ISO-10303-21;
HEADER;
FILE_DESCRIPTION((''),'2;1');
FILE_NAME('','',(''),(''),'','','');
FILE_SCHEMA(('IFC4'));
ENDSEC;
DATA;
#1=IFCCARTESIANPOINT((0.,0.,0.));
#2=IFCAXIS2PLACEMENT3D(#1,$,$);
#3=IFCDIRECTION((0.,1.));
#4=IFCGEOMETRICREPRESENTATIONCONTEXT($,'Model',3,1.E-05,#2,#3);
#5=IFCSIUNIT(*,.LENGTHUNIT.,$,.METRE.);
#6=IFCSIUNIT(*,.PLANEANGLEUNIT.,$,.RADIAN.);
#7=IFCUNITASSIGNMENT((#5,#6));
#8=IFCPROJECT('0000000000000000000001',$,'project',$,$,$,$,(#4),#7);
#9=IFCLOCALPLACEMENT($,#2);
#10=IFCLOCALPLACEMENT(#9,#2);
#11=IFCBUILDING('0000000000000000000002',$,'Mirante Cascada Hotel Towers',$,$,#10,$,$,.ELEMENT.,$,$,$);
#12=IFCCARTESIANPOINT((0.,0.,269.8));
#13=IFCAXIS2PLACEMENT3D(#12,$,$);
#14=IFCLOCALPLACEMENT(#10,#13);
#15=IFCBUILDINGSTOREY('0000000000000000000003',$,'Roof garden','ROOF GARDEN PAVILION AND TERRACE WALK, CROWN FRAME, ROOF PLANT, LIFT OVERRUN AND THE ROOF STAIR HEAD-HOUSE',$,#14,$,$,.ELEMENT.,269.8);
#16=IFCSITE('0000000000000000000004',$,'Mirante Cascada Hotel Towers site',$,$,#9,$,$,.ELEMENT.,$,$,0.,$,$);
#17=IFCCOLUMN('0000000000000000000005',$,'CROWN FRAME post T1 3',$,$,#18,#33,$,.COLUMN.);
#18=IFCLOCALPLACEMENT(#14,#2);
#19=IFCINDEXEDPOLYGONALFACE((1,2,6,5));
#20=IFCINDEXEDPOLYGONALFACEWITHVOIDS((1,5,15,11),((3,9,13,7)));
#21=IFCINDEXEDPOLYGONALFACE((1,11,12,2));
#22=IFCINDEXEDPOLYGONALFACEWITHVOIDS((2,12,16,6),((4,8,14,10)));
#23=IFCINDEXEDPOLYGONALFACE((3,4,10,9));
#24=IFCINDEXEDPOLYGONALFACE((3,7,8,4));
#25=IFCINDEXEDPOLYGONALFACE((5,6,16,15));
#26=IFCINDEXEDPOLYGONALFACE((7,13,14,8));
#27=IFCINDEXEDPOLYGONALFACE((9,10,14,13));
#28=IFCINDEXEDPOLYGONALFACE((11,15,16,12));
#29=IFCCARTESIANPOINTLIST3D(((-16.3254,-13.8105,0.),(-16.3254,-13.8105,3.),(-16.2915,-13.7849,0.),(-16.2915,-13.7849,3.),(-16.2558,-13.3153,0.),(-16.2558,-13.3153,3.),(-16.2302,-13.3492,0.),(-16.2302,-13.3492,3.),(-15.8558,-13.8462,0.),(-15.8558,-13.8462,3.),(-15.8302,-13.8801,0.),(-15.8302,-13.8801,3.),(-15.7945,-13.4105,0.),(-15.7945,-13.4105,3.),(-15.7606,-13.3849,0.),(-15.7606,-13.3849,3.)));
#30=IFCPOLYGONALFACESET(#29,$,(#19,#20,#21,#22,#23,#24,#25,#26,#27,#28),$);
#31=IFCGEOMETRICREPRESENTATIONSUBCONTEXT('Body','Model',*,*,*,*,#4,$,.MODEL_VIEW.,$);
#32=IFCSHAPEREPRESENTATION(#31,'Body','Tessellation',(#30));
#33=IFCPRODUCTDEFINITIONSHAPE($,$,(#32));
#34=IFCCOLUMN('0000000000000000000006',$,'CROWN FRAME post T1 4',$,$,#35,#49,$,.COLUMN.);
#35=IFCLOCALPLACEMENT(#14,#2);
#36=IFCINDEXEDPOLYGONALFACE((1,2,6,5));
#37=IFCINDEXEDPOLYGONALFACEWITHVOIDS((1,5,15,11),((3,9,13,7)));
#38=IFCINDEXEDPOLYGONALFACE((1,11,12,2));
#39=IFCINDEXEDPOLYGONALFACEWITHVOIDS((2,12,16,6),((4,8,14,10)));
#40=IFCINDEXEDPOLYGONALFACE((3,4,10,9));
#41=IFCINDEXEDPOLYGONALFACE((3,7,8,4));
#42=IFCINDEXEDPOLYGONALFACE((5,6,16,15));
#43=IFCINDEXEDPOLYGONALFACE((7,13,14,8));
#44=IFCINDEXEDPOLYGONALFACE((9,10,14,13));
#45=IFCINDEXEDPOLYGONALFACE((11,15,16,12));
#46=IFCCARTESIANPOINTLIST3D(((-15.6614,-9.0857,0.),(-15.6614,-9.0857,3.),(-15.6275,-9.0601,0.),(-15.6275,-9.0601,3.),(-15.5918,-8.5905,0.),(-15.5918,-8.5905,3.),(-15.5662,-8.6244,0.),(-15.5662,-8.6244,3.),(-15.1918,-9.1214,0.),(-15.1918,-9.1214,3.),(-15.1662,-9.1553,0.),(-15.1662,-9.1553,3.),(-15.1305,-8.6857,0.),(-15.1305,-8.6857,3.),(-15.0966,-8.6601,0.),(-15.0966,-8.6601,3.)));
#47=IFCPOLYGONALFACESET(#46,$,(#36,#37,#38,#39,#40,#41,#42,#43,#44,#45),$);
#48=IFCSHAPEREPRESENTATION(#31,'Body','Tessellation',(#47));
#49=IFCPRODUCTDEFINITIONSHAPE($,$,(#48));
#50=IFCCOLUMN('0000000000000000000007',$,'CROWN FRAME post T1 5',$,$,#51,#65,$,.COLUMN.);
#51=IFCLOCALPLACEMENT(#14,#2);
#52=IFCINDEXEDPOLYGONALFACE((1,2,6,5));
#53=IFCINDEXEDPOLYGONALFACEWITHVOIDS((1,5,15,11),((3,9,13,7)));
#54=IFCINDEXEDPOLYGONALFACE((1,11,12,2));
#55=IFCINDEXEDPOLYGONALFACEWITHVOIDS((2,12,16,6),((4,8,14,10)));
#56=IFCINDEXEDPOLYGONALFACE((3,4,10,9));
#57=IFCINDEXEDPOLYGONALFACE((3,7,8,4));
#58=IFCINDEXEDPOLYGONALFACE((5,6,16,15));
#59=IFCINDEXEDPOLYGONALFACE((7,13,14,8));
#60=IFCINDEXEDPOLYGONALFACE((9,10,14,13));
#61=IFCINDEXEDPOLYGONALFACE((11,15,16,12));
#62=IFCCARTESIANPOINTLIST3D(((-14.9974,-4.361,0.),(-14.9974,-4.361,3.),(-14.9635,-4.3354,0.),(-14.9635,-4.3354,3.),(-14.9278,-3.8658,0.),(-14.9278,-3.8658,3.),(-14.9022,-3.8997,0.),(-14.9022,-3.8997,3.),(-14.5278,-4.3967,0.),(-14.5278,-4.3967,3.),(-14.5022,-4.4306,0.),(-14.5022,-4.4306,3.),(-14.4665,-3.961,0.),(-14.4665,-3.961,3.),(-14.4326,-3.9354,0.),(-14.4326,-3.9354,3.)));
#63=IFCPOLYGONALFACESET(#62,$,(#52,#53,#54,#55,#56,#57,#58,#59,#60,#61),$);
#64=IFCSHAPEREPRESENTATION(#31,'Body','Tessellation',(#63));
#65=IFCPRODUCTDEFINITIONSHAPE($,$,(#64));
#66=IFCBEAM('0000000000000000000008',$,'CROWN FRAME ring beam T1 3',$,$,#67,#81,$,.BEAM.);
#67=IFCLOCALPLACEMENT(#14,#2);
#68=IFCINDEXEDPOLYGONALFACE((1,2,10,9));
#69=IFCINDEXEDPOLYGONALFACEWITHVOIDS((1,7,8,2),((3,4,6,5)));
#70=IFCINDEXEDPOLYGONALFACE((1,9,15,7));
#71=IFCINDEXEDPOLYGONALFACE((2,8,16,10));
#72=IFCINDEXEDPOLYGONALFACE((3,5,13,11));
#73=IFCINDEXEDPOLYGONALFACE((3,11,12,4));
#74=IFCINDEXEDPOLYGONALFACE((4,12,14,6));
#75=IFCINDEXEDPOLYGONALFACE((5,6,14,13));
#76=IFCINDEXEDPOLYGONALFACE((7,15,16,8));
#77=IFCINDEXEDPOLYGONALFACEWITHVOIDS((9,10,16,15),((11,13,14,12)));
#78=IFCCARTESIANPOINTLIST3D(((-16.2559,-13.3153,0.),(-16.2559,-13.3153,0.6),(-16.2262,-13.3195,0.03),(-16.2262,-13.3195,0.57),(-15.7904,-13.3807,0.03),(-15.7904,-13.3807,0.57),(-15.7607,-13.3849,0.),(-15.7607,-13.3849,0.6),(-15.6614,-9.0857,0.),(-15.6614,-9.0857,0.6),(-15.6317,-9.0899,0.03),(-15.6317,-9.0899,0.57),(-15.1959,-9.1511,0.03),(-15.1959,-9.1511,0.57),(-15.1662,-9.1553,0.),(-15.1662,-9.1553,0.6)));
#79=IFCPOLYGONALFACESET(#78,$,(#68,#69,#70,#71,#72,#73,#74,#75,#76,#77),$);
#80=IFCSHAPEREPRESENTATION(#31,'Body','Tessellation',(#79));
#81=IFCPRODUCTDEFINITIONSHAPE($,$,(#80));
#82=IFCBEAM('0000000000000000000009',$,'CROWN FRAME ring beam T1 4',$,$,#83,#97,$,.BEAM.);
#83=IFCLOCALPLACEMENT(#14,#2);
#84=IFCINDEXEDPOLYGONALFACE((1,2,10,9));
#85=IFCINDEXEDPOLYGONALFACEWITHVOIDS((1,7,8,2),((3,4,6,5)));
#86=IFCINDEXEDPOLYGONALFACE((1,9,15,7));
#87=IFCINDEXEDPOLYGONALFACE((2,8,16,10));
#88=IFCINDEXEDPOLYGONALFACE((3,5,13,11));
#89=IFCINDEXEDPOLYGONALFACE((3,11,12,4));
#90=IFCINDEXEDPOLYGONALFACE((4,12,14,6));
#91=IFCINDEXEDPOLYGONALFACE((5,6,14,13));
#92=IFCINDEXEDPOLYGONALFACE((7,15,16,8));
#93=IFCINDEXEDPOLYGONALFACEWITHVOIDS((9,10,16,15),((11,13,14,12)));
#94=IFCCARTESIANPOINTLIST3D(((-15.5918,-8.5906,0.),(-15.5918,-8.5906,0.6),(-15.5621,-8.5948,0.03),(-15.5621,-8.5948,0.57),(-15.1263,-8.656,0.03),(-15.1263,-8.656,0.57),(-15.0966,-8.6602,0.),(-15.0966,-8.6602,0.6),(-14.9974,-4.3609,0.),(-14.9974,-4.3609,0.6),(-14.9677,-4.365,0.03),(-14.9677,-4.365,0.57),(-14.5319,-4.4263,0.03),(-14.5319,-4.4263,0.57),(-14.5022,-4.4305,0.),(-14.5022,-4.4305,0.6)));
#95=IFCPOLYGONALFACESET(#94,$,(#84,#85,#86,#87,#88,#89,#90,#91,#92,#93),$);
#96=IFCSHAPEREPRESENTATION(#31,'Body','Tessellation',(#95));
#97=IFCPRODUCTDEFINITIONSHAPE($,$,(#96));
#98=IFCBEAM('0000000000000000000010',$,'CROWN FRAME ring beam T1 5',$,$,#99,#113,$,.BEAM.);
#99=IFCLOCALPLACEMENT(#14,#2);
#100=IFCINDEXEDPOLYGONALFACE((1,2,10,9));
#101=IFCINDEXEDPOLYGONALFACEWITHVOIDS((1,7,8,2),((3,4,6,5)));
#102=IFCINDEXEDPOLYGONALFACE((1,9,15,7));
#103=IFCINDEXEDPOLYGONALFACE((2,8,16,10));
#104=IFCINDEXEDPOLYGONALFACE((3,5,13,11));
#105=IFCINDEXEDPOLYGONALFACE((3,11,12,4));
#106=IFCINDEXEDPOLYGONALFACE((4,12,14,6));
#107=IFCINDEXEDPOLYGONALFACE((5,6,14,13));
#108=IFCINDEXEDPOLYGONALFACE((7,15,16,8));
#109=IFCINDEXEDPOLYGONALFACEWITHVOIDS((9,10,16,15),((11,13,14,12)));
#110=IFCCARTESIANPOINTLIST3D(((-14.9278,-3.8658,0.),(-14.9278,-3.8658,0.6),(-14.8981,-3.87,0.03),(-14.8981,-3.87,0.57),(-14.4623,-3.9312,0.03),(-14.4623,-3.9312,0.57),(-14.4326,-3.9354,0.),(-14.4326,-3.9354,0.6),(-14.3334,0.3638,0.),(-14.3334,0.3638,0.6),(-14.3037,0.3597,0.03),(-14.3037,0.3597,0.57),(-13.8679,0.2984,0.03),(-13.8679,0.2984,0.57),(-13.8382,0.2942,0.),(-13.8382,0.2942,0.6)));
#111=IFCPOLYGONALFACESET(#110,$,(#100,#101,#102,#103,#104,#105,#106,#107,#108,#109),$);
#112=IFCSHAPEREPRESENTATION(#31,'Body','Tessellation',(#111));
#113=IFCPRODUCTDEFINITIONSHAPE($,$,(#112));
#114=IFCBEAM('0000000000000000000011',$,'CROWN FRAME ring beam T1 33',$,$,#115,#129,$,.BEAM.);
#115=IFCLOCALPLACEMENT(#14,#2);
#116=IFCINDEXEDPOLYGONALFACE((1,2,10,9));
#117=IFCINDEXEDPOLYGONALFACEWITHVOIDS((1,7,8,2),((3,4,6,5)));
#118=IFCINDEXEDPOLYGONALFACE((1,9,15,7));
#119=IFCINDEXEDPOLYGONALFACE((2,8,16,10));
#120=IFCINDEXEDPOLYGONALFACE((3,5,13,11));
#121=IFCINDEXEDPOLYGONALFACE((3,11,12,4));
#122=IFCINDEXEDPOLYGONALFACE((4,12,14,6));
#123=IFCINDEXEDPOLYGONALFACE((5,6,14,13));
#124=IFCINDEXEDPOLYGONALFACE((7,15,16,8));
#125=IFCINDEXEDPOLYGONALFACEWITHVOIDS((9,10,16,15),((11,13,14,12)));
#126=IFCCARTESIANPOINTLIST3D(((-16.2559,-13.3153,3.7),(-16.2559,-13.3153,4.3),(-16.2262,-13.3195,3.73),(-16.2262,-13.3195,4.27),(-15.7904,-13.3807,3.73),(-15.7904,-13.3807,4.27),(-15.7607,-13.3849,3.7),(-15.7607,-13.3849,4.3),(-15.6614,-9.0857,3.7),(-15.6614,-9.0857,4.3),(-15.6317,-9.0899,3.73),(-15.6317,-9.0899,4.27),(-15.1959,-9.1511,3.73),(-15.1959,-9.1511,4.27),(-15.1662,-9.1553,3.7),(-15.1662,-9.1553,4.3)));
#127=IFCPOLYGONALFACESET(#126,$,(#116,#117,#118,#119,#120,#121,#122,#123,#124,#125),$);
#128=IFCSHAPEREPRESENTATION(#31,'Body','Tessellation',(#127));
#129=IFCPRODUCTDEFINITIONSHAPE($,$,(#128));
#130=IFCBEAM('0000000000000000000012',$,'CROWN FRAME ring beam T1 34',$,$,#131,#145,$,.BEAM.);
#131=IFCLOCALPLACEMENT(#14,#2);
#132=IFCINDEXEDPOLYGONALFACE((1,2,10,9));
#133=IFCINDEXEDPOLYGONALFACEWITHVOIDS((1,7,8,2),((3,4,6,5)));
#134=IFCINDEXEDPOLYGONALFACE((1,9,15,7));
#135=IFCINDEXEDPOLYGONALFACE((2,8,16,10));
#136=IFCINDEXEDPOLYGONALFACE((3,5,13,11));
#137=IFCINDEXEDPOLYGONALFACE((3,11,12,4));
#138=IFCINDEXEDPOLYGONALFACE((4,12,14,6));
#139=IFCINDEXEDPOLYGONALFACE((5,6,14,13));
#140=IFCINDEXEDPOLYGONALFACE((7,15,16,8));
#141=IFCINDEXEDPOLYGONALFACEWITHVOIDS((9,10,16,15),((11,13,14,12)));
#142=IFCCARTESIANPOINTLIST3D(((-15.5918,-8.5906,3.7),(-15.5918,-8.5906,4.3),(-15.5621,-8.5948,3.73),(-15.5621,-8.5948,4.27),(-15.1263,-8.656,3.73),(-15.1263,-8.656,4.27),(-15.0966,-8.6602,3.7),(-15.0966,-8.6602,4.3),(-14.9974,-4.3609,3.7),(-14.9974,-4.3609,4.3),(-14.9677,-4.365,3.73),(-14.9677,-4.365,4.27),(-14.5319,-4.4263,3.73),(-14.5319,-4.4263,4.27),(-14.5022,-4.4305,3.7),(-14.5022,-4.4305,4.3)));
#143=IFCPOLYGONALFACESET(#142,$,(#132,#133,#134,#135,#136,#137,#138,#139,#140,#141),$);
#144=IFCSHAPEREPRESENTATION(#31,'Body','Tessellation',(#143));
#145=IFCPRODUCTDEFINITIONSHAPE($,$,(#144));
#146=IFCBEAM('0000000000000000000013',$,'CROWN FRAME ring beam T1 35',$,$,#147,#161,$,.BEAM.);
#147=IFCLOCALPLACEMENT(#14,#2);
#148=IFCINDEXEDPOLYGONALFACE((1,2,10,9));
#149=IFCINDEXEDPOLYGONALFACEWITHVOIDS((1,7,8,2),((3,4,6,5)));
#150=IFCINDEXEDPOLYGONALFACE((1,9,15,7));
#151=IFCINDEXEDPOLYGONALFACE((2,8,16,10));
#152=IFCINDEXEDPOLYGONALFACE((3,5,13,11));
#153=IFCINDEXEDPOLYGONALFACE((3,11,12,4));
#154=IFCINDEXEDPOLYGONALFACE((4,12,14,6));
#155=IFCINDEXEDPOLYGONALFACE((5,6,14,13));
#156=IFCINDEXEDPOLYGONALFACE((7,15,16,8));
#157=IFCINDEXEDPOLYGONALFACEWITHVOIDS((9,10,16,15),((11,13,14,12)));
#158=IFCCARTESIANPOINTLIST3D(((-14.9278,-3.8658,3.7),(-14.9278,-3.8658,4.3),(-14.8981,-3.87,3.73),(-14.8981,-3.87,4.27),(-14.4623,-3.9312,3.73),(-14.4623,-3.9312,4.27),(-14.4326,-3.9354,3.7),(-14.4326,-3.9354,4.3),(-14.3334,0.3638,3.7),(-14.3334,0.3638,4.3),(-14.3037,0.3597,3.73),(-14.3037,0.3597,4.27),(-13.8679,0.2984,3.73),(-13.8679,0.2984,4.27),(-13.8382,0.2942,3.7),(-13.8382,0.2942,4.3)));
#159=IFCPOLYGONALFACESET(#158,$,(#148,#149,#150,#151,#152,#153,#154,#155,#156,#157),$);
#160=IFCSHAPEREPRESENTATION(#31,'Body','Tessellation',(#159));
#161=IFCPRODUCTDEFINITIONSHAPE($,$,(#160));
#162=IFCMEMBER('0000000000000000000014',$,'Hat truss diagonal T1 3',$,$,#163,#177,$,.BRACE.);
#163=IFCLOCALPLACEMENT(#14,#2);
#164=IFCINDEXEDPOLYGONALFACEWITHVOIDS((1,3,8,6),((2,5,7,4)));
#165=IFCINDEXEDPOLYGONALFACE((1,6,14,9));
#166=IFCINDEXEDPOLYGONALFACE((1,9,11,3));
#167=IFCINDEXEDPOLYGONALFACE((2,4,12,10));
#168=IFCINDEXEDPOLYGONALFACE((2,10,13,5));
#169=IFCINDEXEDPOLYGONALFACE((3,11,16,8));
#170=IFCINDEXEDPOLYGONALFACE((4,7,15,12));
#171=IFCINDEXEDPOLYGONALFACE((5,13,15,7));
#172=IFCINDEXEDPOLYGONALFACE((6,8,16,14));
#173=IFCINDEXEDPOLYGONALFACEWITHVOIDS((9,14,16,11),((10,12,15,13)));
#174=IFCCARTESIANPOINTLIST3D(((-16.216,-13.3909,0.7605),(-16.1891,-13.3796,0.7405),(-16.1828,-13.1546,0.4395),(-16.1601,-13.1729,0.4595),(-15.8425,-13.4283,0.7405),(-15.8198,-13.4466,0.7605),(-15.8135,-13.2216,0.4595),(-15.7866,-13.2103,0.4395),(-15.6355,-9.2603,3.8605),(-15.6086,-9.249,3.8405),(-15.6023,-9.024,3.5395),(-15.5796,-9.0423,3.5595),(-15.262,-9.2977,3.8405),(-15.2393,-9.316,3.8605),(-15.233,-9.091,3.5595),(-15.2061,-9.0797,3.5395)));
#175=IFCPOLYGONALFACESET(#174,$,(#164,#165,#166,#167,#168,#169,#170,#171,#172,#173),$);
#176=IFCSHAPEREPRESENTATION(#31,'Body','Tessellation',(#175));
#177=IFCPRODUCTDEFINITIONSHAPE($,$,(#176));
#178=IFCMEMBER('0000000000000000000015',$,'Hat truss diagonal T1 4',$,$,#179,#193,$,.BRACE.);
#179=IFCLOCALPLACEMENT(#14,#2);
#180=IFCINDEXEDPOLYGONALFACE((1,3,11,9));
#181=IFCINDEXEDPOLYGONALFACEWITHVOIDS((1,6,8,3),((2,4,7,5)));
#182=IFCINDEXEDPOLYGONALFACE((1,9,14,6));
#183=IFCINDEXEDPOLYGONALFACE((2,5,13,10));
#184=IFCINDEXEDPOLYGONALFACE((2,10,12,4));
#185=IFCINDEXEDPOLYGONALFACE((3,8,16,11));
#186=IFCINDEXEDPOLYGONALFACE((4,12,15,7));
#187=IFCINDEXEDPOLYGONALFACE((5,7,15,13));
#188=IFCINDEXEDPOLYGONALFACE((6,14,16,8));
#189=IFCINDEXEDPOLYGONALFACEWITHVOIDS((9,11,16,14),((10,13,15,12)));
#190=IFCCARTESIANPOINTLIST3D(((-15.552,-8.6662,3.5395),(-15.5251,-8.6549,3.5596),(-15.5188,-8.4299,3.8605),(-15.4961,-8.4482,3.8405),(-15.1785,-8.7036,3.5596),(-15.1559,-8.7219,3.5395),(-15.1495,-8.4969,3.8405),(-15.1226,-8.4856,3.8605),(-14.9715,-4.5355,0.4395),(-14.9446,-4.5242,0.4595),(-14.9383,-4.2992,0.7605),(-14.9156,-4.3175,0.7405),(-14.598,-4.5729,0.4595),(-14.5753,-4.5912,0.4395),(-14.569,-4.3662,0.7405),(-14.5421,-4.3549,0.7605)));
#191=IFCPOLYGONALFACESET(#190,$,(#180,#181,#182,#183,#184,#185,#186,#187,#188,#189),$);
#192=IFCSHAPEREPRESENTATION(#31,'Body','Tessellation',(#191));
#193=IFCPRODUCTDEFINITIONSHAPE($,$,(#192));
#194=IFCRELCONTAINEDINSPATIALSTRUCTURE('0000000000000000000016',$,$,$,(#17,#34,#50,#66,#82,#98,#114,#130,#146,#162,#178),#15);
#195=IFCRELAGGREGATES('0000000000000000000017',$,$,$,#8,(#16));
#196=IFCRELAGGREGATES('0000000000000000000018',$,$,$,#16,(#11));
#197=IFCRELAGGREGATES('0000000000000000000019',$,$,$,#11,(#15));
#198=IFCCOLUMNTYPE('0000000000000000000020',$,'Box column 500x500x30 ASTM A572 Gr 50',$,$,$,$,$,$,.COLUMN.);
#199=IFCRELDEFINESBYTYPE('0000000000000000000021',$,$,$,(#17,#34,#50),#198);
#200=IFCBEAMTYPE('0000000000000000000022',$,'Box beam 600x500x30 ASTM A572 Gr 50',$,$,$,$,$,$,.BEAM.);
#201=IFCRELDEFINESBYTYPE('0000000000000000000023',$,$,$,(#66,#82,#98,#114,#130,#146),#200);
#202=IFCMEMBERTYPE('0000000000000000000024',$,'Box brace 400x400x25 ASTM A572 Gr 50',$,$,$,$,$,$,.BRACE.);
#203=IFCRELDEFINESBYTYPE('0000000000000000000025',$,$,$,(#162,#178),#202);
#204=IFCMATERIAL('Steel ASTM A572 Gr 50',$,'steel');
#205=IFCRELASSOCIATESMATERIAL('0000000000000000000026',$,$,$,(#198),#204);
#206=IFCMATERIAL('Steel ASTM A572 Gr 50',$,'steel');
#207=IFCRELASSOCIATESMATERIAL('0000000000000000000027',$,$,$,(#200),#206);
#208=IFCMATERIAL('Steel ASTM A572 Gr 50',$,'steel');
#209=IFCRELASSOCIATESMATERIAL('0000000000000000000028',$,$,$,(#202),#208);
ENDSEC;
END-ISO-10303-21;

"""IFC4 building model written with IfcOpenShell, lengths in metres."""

from ifc_helpers import new_model, si_unit, direction, frame, origin, origin_2d, place, context, subcontext, project, spatial, hollow_rectangle, extrude, material, material_profile, profile_set, type_object, element, save


model = new_model("IFC4")

# Units and contexts
model_context = context("Model", 3, precision=1e-05, world=origin(), true_north=direction((0.0, 1.0)))
body_context = subcontext(model_context, "Body", "Model", "MODEL_VIEW")
ifc_project = project(units=[si_unit("LENGTHUNIT", "METRE"), si_unit("PLANEANGLEUNIT", "RADIAN")], contexts=[model_context])

# Site, building, storey
site_placement = place(None, origin())
site = spatial("IfcSite", under=ifc_project, at=site_placement, Name="Mirante Cascada Hotel Towers site", CompositionType="ELEMENT", RefElevation=0.0)
building_placement = place(site_placement, origin())
building = spatial("IfcBuilding", under=site, at=building_placement, Name="Mirante Cascada Hotel Towers", CompositionType="ELEMENT")
storey_placement = place(building_placement, frame((0.0, 0.0, 269.8)))
storey = spatial("IfcBuildingStorey", under=building, at=storey_placement, Name="Roof garden", Description="ROOF GARDEN PAVILION AND TERRACE WALK, CROWN FRAME, ROOF PLANT, LIFT OVERRUN AND THE ROOF STAIR HEAD-HOUSE", CompositionType="ELEMENT", Elevation=269.8)

# Columns
ifc_material_1 = material(Name="Steel ASTM A572 Gr 50", Category="steel")
ifc_material_profile_1 = material_profile(ifc_material_1, hollow_rectangle(XDim=0.5, YDim=0.5, WallThickness=0.03, at=origin_2d()), Name="Box column 500x500x30 ASTM A572 Gr 50")
ifc_profile_set_1 = profile_set([ifc_material_profile_1], Name="Steel ASTM A572 Gr 50")
column_type = type_object("IfcColumnType", Name="Box column 500x500x30 ASTM A572 Gr 50", PredefinedType="COLUMN", material=ifc_profile_set_1)
for number, where, z_axis, x_axis, name in (
    (1, (-16.043, -13.5977, 0.0), (0.0, 0.0, 1.0), (-0.990268, 0.139173, 0.0), "CROWN FRAME post T1 3"),
    (2, (-15.379, -8.8729, 0.0), (0.0, 0.0, 1.0), (-0.990268, 0.139173, 0.0), "CROWN FRAME post T1 4"),
    (3, (-14.715, -4.1482, 0.0), (0.0, 0.0, 1.0), (-0.990268, 0.139173, 0.0), "CROWN FRAME post T1 5"),
):
    element("IfcColumn", number, at=place(storey_placement, frame(where, z_axis=z_axis, x_axis=x_axis)), inside=storey, type_object=column_type, Name=name, PredefinedType="COLUMN", context=body_context, shape_type="SweptSolid", body=[
        extrude(hollow_rectangle(XDim=0.5, YDim=0.5, WallThickness=0.03, at=origin_2d()), origin(), (0.0, 0.0, 1.0), 3.0),
    ])

# Beams
ifc_material_2 = material(Name="Steel ASTM A572 Gr 50", Category="steel")
ifc_material_profile_2 = material_profile(ifc_material_2, hollow_rectangle(XDim=0.5, YDim=0.6, WallThickness=0.03, at=origin_2d()), Name="Box beam 600x500x30 ASTM A572 Gr 50")
ifc_profile_set_2 = profile_set([ifc_material_profile_2], Name="Steel ASTM A572 Gr 50")
beam_type = type_object("IfcBeamType", Name="Box beam 600x500x30 ASTM A572 Gr 50", PredefinedType="BEAM", material=ifc_profile_set_2)
beam_1_placement = place(storey_placement, frame((-16.0083, -13.3501, 0.3), z_axis=(0.139189, 0.990266, 0.0), x_axis=(-0.990266, 0.139189, 0.0)))
element("IfcBeam", 4, at=beam_1_placement, inside=storey, type_object=beam_type, Name="CROWN FRAME ring beam T1 3", PredefinedType="BEAM", context=body_context, shape_type="SweptSolid", body=[
    extrude(hollow_rectangle(XDim=0.5, YDim=0.6, WallThickness=0.03, at=origin_2d()), origin(), (0.0, 0.0, 1.0), 4.2712),
])
beam_2_placement = place(storey_placement, frame((-15.3442, -8.6254, 0.3), z_axis=(0.139163, 0.99027, 0.0), x_axis=(-0.99027, 0.139163, 0.0)))
element("IfcBeam", 5, at=beam_2_placement, inside=storey, type_object=beam_type, Name="CROWN FRAME ring beam T1 4", PredefinedType="BEAM", context=body_context, shape_type="SweptSolid", body=[
    extrude(hollow_rectangle(XDim=0.5, YDim=0.6, WallThickness=0.03, at=origin_2d()), origin(), (0.0, 0.0, 1.0), 4.2713),
])
for number, where, z_axis, x_axis, name in (
    (6, (-14.6802, -3.9006, 0.3), (0.139166, 0.990269, 0.0), (-0.990269, 0.139166, 0.0), "CROWN FRAME ring beam T1 5"),
    (7, (-16.0083, -13.3501, 4.0), (0.139189, 0.990266, 0.0), (-0.990266, 0.139189, 0.0), "CROWN FRAME ring beam T1 33"),
):
    element("IfcBeam", number, at=place(storey_placement, frame(where, z_axis=z_axis, x_axis=x_axis)), inside=storey, type_object=beam_type, Name=name, PredefinedType="BEAM", context=body_context, shape_type="SweptSolid", body=[
        extrude(hollow_rectangle(XDim=0.5, YDim=0.6, WallThickness=0.03, at=origin_2d()), origin(), (0.0, 0.0, 1.0), 4.2712),
    ])
beam_3_placement = place(storey_placement, frame((-15.3442, -8.6254, 4.0), z_axis=(0.139163, 0.99027, 0.0), x_axis=(-0.99027, 0.139163, 0.0)))
element("IfcBeam", 8, at=beam_3_placement, inside=storey, type_object=beam_type, Name="CROWN FRAME ring beam T1 34", PredefinedType="BEAM", context=body_context, shape_type="SweptSolid", body=[
    extrude(hollow_rectangle(XDim=0.5, YDim=0.6, WallThickness=0.03, at=origin_2d()), origin(), (0.0, 0.0, 1.0), 4.2713),
])
beam_4_placement = place(storey_placement, frame((-14.6802, -3.9006, 4.0), z_axis=(0.139166, 0.990269, 0.0), x_axis=(-0.990269, 0.139166, 0.0)))
element("IfcBeam", 9, at=beam_4_placement, inside=storey, type_object=beam_type, Name="CROWN FRAME ring beam T1 35", PredefinedType="BEAM", context=body_context, shape_type="SweptSolid", body=[
    extrude(hollow_rectangle(XDim=0.5, YDim=0.6, WallThickness=0.03, at=origin_2d()), origin(), (0.0, 0.0, 1.0), 4.2712),
])

# Members
ifc_material_3 = material(Name="Steel ASTM A572 Gr 50", Category="steel")
ifc_material_profile_3 = material_profile(ifc_material_3, hollow_rectangle(XDim=0.4, YDim=0.4, WallThickness=0.025, at=origin_2d()), Name="Box brace 400x400x25 ASTM A572 Gr 50")
ifc_profile_set_3 = profile_set([ifc_material_profile_3], Name="Steel ASTM A572 Gr 50")
member_type = type_object("IfcMemberType", Name="Box brace 400x400x25 ASTM A572 Gr 50", PredefinedType="BRACE", material=ifc_profile_set_3)
member_1_placement = place(storey_placement, frame((-16.0013, -13.3006, 0.6), z_axis=(0.111699, 0.794804, 0.596498), x_axis=(-0.990269, 0.139169, 0.0)))
element("IfcMember", 10, at=member_1_placement, inside=storey, type_object=member_type, Name="Hat truss diagonal T1 3", PredefinedType="BRACE", context=body_context, shape_type="SweptSolid", body=[
    extrude(hollow_rectangle(XDim=0.4, YDim=0.4, WallThickness=0.025, at=origin_2d()), origin(), (0.0, 0.0, 1.0), 5.197),
])
member_2_placement = place(storey_placement, frame((-14.7568, -4.4452, 0.6), z_axis=(-0.111697, -0.794811, 0.596489), x_axis=(0.990269, -0.139166, 0.0)))
element("IfcMember", 11, at=member_2_placement, inside=storey, type_object=member_type, Name="Hat truss diagonal T1 4", PredefinedType="BRACE", context=body_context, shape_type="SweptSolid", body=[
    extrude(hollow_rectangle(XDim=0.4, YDim=0.4, WallThickness=0.025, at=origin_2d()), origin(), (0.0, 0.0, 1.0), 5.1971),
])

save(model, "model.ifc")
